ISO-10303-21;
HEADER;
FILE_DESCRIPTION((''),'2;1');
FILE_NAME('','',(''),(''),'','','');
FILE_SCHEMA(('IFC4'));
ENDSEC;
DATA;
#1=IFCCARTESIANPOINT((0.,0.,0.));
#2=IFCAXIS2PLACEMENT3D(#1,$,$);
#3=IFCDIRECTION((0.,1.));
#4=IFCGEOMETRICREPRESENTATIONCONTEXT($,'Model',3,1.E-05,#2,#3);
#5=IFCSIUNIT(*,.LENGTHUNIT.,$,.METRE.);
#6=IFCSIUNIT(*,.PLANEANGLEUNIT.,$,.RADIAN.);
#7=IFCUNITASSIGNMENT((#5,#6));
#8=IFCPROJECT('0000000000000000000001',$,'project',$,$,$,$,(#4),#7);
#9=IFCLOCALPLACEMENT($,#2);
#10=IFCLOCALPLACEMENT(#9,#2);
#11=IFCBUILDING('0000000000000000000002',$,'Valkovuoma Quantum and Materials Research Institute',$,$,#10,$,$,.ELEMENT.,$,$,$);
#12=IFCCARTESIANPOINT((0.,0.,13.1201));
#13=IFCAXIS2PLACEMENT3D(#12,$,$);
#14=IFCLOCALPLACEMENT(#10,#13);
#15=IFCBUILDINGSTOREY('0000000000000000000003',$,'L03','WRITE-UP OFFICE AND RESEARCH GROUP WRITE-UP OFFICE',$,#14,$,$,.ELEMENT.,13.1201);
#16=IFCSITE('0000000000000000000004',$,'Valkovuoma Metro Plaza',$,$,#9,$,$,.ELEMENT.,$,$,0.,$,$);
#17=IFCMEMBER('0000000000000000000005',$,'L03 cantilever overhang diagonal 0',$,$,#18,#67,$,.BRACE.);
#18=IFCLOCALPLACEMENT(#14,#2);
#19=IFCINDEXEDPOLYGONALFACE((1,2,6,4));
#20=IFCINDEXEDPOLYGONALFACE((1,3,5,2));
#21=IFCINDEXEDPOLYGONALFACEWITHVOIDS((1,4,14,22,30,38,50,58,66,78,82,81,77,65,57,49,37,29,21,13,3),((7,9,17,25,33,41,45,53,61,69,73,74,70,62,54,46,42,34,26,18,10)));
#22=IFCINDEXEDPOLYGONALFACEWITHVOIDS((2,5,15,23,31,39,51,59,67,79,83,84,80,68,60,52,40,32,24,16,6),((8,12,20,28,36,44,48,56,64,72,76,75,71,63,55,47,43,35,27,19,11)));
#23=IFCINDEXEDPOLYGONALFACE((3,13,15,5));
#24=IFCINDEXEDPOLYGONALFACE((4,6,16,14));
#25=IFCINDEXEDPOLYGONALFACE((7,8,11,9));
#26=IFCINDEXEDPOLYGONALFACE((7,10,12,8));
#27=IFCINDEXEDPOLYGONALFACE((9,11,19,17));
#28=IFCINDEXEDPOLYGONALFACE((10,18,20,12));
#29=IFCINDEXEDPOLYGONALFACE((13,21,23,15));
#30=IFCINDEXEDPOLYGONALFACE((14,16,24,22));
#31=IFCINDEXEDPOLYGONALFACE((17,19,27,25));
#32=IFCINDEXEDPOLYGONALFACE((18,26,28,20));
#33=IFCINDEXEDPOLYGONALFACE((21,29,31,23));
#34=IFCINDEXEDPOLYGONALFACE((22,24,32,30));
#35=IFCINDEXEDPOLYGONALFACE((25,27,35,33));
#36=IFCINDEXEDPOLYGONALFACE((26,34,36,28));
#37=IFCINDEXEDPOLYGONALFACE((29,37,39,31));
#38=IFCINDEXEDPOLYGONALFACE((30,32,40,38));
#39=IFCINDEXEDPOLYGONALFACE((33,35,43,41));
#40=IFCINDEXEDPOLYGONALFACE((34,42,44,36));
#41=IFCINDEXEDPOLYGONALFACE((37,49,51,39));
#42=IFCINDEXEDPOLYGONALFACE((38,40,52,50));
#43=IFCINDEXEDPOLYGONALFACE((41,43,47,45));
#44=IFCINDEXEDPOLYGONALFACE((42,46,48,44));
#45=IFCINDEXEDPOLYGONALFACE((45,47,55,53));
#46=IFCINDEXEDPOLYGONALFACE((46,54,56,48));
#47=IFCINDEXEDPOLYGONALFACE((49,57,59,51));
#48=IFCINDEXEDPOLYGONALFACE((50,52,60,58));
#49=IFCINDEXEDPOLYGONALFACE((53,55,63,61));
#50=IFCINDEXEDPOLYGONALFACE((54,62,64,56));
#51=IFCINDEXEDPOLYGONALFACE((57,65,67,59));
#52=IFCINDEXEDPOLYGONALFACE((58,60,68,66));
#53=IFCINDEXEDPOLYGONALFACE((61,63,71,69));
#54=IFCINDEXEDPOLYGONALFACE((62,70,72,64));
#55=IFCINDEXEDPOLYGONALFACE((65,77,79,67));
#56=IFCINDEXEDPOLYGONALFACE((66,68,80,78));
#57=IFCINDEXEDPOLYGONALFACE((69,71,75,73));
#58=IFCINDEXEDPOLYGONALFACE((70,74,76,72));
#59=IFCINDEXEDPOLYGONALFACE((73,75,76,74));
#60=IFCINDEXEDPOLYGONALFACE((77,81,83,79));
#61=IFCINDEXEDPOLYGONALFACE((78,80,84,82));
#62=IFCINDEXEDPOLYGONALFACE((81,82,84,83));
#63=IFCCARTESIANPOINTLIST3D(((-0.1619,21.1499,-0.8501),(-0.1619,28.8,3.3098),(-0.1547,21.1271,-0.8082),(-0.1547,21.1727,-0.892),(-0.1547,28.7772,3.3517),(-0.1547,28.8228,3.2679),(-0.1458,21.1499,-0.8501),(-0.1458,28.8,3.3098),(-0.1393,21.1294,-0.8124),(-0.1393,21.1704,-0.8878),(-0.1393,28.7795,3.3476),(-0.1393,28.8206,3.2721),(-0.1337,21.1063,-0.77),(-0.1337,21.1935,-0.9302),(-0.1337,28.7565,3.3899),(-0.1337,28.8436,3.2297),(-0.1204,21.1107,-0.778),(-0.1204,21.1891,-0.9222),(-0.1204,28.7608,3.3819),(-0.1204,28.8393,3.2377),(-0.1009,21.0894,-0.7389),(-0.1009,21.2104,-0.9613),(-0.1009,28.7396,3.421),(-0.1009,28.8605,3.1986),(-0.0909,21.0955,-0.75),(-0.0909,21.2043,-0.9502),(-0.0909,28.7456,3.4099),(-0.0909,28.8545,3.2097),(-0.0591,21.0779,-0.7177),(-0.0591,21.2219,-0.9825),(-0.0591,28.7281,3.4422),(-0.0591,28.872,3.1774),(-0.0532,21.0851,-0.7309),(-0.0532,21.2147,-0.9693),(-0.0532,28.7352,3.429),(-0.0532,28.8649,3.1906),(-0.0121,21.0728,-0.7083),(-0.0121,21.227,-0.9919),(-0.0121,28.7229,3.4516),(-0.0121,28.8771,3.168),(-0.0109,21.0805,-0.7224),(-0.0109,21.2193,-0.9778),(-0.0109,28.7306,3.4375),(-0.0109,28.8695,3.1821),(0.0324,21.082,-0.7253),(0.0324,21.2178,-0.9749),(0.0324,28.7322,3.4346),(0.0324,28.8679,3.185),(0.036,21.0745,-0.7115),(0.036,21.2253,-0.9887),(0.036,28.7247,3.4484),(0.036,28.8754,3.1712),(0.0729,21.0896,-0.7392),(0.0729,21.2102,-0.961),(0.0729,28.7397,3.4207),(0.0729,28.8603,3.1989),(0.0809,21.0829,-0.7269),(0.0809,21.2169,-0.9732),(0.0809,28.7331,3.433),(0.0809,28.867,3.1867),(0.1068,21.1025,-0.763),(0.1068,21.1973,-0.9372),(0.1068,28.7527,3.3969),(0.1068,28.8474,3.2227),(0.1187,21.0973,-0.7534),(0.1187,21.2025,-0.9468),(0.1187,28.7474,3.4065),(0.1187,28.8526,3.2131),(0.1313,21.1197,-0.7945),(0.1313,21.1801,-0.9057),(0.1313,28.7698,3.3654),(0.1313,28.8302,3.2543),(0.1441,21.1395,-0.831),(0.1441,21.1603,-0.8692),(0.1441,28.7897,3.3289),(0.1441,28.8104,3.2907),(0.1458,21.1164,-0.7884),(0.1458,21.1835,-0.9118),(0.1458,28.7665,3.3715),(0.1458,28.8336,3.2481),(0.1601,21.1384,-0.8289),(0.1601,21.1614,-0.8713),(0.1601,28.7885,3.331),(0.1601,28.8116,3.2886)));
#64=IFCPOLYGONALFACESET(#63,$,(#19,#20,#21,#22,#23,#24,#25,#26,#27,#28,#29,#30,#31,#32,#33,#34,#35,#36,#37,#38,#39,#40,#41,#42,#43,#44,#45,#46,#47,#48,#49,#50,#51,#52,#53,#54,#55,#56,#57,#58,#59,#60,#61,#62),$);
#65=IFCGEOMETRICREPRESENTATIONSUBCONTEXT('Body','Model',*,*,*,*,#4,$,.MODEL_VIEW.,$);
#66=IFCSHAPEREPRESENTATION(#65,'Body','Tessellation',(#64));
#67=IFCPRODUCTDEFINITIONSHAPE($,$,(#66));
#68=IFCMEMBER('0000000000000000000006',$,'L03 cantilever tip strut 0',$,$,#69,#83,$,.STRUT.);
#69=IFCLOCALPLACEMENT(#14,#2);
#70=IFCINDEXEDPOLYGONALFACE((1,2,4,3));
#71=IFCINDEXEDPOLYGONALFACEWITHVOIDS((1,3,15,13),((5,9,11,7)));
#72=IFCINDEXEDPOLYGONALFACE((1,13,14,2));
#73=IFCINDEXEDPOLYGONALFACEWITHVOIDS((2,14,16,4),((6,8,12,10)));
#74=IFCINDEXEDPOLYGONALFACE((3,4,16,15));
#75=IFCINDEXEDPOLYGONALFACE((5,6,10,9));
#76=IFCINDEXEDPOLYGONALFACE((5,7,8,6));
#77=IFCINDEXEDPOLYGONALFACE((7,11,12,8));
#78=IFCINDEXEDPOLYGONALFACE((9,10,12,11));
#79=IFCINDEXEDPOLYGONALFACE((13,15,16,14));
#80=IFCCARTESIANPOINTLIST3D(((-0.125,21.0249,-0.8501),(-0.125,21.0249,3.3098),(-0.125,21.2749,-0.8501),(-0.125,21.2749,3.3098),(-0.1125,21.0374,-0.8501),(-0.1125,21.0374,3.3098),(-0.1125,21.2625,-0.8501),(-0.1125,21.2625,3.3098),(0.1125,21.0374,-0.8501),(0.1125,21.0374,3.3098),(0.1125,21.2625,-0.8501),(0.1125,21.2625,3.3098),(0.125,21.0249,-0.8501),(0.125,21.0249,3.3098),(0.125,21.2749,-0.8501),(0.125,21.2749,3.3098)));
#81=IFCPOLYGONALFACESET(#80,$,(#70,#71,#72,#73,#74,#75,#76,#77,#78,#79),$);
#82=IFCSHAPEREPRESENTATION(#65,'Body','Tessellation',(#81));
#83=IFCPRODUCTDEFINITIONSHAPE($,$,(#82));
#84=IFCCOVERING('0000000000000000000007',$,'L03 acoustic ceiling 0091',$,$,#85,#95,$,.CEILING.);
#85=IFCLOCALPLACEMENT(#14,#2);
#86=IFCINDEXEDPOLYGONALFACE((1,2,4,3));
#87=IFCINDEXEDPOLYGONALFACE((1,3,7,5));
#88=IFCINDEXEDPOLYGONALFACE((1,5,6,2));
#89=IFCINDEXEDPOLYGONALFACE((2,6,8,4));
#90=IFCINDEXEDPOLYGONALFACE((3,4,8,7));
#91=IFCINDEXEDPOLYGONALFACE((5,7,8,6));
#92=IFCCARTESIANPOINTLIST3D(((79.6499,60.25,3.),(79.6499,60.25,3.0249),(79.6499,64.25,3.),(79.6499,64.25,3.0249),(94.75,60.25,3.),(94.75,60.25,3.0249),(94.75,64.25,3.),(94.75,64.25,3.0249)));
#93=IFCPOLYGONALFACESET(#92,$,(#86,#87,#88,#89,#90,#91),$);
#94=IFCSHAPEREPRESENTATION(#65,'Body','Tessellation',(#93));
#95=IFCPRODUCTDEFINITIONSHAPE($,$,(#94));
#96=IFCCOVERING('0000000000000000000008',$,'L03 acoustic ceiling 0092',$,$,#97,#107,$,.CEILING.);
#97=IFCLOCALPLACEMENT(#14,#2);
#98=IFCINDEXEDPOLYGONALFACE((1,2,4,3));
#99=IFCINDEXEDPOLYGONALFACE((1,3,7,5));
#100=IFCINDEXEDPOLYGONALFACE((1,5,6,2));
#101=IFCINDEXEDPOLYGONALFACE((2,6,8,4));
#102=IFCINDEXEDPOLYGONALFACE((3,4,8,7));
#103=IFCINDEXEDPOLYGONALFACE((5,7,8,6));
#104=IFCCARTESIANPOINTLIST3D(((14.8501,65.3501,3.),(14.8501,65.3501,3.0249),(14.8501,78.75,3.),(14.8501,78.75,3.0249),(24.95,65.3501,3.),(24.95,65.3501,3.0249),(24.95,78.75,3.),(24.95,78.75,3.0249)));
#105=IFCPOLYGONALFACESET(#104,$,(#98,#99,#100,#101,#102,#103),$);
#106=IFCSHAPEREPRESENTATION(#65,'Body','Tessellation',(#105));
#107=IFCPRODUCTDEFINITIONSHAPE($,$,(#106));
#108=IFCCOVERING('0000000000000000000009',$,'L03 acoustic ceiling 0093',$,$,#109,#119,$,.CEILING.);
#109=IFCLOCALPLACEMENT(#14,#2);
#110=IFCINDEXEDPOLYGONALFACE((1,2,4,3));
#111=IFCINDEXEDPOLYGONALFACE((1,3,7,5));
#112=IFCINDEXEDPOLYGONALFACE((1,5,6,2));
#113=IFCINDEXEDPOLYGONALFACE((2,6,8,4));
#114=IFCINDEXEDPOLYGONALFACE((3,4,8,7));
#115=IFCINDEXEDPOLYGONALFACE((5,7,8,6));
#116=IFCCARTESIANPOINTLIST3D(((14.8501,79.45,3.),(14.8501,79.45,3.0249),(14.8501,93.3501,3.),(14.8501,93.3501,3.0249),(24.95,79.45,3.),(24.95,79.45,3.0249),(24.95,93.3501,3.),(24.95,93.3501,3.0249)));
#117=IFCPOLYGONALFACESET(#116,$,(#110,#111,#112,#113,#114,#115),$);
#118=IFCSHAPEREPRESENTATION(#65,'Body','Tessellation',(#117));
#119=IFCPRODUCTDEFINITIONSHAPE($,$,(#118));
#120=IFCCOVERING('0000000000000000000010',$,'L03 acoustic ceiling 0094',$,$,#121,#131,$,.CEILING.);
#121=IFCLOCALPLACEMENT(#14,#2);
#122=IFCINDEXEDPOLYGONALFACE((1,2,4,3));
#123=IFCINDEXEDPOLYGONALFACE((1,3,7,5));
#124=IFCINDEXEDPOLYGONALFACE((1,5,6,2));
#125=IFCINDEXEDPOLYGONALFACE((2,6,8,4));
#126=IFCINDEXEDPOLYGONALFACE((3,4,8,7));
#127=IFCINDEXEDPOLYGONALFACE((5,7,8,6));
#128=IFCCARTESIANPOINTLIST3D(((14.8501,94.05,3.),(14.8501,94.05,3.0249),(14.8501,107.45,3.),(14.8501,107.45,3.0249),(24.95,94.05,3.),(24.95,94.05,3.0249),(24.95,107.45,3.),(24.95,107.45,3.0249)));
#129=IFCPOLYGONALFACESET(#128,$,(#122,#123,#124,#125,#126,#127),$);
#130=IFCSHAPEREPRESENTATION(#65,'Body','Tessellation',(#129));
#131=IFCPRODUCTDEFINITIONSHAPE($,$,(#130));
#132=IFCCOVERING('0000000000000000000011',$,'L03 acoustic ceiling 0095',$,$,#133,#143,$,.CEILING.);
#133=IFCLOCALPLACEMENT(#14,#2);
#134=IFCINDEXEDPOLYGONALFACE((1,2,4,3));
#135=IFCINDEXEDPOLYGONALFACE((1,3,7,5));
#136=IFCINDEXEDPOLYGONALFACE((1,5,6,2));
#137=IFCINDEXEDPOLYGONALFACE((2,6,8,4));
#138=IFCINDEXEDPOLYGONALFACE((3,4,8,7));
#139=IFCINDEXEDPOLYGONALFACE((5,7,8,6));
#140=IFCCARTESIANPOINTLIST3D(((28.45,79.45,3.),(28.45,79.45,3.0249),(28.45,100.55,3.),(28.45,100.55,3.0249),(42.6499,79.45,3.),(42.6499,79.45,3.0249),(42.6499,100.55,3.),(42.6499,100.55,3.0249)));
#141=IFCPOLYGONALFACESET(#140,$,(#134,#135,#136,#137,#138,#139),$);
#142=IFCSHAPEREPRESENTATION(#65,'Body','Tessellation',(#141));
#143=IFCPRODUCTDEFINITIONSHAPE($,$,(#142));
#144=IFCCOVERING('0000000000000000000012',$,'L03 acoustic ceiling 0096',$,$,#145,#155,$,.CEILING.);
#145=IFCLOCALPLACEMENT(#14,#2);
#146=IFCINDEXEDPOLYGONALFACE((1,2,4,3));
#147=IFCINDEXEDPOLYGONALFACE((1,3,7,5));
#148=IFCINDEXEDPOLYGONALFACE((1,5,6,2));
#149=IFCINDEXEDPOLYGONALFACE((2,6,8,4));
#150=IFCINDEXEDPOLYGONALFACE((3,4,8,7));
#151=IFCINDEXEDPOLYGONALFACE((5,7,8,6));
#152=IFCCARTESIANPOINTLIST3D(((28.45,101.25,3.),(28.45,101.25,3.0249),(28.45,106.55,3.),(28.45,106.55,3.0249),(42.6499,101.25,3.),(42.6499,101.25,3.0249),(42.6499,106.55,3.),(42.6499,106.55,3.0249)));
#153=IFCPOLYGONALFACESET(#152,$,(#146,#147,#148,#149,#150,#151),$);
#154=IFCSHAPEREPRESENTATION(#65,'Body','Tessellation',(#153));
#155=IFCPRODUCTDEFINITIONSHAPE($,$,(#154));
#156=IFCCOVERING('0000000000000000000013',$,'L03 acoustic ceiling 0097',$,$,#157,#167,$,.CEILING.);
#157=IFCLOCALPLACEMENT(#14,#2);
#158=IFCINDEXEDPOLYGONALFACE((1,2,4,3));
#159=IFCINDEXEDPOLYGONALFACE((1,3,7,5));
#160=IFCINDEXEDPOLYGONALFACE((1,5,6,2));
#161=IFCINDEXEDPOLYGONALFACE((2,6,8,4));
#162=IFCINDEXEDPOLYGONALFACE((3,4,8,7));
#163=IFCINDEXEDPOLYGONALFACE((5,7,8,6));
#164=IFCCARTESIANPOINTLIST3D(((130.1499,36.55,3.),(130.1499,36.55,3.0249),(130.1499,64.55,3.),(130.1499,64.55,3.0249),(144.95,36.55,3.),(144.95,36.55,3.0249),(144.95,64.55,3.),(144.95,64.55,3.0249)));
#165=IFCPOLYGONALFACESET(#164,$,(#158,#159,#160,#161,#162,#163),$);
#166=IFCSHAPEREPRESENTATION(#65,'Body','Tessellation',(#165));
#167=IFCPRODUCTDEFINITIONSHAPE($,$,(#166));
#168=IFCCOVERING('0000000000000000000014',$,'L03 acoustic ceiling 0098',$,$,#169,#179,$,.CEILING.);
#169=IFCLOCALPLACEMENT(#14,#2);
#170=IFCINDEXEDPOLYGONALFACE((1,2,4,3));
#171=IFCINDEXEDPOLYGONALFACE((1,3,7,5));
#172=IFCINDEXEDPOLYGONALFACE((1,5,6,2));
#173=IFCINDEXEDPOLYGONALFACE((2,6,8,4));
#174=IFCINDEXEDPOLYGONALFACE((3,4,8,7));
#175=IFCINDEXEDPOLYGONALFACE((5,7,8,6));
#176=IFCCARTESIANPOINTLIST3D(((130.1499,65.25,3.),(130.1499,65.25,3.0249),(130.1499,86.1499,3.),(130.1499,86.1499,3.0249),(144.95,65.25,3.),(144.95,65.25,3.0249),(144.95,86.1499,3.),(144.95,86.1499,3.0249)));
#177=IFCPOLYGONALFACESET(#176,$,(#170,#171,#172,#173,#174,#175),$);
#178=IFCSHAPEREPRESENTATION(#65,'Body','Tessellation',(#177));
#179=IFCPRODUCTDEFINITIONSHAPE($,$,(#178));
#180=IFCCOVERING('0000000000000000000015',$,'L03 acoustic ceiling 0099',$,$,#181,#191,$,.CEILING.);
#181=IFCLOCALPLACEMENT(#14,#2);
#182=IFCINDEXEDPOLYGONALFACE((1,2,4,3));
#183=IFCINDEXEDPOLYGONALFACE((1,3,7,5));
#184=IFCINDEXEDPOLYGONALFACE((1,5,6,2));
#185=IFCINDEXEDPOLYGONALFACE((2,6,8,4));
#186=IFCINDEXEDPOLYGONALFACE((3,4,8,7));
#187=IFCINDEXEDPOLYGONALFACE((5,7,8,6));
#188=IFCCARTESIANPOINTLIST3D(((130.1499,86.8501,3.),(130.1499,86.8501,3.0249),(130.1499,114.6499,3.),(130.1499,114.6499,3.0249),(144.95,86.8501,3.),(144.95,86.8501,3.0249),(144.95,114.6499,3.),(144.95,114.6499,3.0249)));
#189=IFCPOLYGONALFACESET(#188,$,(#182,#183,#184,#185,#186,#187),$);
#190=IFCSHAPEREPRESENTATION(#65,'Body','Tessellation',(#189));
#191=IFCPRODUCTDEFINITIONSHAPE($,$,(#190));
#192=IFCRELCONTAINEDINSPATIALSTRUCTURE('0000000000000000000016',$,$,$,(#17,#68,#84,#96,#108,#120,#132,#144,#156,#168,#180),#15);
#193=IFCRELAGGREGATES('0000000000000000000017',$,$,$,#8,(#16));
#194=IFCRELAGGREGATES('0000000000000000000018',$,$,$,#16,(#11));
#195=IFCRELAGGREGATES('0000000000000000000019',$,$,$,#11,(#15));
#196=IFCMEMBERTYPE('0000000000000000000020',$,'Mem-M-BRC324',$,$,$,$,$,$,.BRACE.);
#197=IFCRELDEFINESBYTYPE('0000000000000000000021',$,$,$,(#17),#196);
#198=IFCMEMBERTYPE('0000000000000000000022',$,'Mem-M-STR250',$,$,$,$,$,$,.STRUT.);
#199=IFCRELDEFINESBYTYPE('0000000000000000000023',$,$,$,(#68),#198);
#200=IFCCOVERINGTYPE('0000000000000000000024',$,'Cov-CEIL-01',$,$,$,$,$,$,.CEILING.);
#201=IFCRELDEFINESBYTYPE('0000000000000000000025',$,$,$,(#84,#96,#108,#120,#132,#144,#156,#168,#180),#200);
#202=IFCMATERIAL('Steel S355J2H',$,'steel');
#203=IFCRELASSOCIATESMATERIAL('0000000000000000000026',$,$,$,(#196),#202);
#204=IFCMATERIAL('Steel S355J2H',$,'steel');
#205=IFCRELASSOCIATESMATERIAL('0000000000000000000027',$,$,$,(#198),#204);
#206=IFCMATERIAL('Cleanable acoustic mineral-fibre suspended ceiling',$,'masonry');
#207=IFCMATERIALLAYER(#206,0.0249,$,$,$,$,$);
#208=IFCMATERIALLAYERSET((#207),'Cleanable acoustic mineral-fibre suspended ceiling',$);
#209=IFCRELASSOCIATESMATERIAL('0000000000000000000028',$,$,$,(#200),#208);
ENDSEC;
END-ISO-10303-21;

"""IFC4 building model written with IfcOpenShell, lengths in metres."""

from ifc_helpers import new_model, si_unit, direction, frame, origin, origin_2d, place, context, subcontext, project, spatial, polyline, hollow_rectangle, hollow_circle, outline, extrude, material, layer, layer_set, material_profile, profile_set, type_object, element, save


model = new_model("IFC4")

# Units and contexts
model_context = context("Model", 3, precision=1e-05, world=origin(), true_north=direction((0.0, 1.0)))
body_context = subcontext(model_context, "Body", "Model", "MODEL_VIEW")
ifc_project = project(units=[si_unit("LENGTHUNIT", "METRE"), si_unit("PLANEANGLEUNIT", "RADIAN")], contexts=[model_context])

# Site, building, storey
site_placement = place(None, origin())
site = spatial("IfcSite", under=ifc_project, at=site_placement, Name="Valkovuoma Metro Plaza", CompositionType="ELEMENT", RefElevation=0.0)
building_placement = place(site_placement, origin())
building = spatial("IfcBuilding", under=site, at=building_placement, Name="Valkovuoma Quantum and Materials Research Institute", CompositionType="ELEMENT")
storey_placement = place(building_placement, frame((0.0, 0.0, 13.1201)))
storey = spatial("IfcBuildingStorey", under=building, at=storey_placement, Name="L03", Description="WRITE-UP OFFICE AND RESEARCH GROUP WRITE-UP OFFICE", CompositionType="ELEMENT", Elevation=13.1201)

# Members
ifc_material_1 = material(Name="Steel S355J2H", Category="steel")
ifc_material_profile_1 = material_profile(ifc_material_1, hollow_circle(Radius=0.1619, WallThickness=0.0161, at=origin_2d()), Name="Steel S355J2H")
ifc_profile_set_1 = profile_set([ifc_material_profile_1], Name="Steel S355J2H")
member_type_1 = type_object("IfcMemberType", Name="Mem-M-BRC324", PredefinedType="BRACE", material=ifc_profile_set_1)
member_1_placement = place(storey_placement, frame((0.0, 21.1499, -0.8501), z_axis=(0.0, 0.878517, 0.47771), x_axis=(-1.0, 0.0, 0.0)))
element("IfcMember", 1, at=member_1_placement, inside=storey, type_object=member_type_1, Name="L03 cantilever overhang diagonal 0", PredefinedType="BRACE", context=body_context, shape_type="SweptSolid", body=[
    extrude(hollow_circle(Radius=0.1619, WallThickness=0.0161, at=origin_2d()), origin(), (0.0, 0.0, 1.0), 8.708),
])
ifc_material_2 = material(Name="Steel S355J2H", Category="steel")
ifc_material_profile_2 = material_profile(ifc_material_2, hollow_rectangle(XDim=0.25, YDim=0.25, WallThickness=0.0125, at=origin_2d()), Name="Steel S355J2H")
ifc_profile_set_2 = profile_set([ifc_material_profile_2], Name="Steel S355J2H")
member_type_2 = type_object("IfcMemberType", Name="Mem-M-STR250", PredefinedType="STRUT", material=ifc_profile_set_2)
member_2_placement = place(storey_placement, frame((0.0, 21.1499, -0.8501), z_axis=(0.0, 0.0, 1.0), x_axis=(1.0, 0.0, 0.0)))
element("IfcMember", 2, at=member_2_placement, inside=storey, type_object=member_type_2, Name="L03 cantilever tip strut 0", PredefinedType="STRUT", context=body_context, shape_type="SweptSolid", body=[
    extrude(hollow_rectangle(XDim=0.25, YDim=0.25, WallThickness=0.0125, at=origin_2d()), origin(), (0.0, 0.0, 1.0), 4.1599),
])

# Coverings
ifc_material_3 = material(Name="Cleanable acoustic mineral-fibre suspended ceiling", Category="masonry")
ifc_layer_1 = layer(ifc_material_3, 0.0249)
ifc_layer_set_1 = layer_set([ifc_layer_1], Name="Cleanable acoustic mineral-fibre suspended ceiling")
covering_type_1 = type_object("IfcCoveringType", Name="Cov-CEIL-01", PredefinedType="CEILING", material=ifc_layer_set_1)
covering_1_placement = place(storey_placement, frame((0.0, 0.0, 3.0)))
element("IfcCovering", 3, at=covering_1_placement, inside=storey, type_object=covering_type_1, Name="L03 acoustic ceiling 0091", PredefinedType="CEILING", context=body_context, shape_type="SweptSolid", body=[
    extrude(outline(polyline([(79.6499, 60.25), (94.75, 60.25), (94.75, 64.25), (79.6499, 64.25), (79.6499, 60.25)])), origin(), (0.0, 0.0, 1.0), 0.0249),
])
covering_2_placement = place(storey_placement, frame((0.0, 0.0, 3.0)))
element("IfcCovering", 4, at=covering_2_placement, inside=storey, type_object=covering_type_1, Name="L03 acoustic ceiling 0092", PredefinedType="CEILING", context=body_context, shape_type="SweptSolid", body=[
    extrude(outline(polyline([(14.8501, 65.3501), (24.95, 65.3501), (24.95, 78.75), (14.8501, 78.75), (14.8501, 65.3501)])), origin(), (0.0, 0.0, 1.0), 0.0249),
])
covering_3_placement = place(storey_placement, frame((0.0, 0.0, 3.0)))
element("IfcCovering", 5, at=covering_3_placement, inside=storey, type_object=covering_type_1, Name="L03 acoustic ceiling 0093", PredefinedType="CEILING", context=body_context, shape_type="SweptSolid", body=[
    extrude(outline(polyline([(14.8501, 79.45), (24.95, 79.45), (24.95, 93.3501), (14.8501, 93.3501), (14.8501, 79.45)])), origin(), (0.0, 0.0, 1.0), 0.0249),
])
covering_4_placement = place(storey_placement, frame((0.0, 0.0, 3.0)))
element("IfcCovering", 6, at=covering_4_placement, inside=storey, type_object=covering_type_1, Name="L03 acoustic ceiling 0094", PredefinedType="CEILING", context=body_context, shape_type="SweptSolid", body=[
    extrude(outline(polyline([(14.8501, 94.05), (24.95, 94.05), (24.95, 107.45), (14.8501, 107.45), (14.8501, 94.05)])), origin(), (0.0, 0.0, 1.0), 0.0249),
])
covering_5_placement = place(storey_placement, frame((0.0, 0.0, 3.0)))
element("IfcCovering", 7, at=covering_5_placement, inside=storey, type_object=covering_type_1, Name="L03 acoustic ceiling 0095", PredefinedType="CEILING", context=body_context, shape_type="SweptSolid", body=[
    extrude(outline(polyline([(28.45, 79.45), (42.6499, 79.45), (42.6499, 100.55), (28.45, 100.55), (28.45, 79.45)])), origin(), (0.0, 0.0, 1.0), 0.0249),
])
covering_6_placement = place(storey_placement, frame((0.0, 0.0, 3.0)))
element("IfcCovering", 8, at=covering_6_placement, inside=storey, type_object=covering_type_1, Name="L03 acoustic ceiling 0096", PredefinedType="CEILING", context=body_context, shape_type="SweptSolid", body=[
    extrude(outline(polyline([(28.45, 101.25), (42.6499, 101.25), (42.6499, 106.55), (28.45, 106.55), (28.45, 101.25)])), origin(), (0.0, 0.0, 1.0), 0.0249),
])
covering_7_placement = place(storey_placement, frame((0.0, 0.0, 3.0)))
element("IfcCovering", 9, at=covering_7_placement, inside=storey, type_object=covering_type_1, Name="L03 acoustic ceiling 0097", PredefinedType="CEILING", context=body_context, shape_type="SweptSolid", body=[
    extrude(outline(polyline([(130.1499, 36.55), (144.95, 36.55), (144.95, 64.55), (130.1499, 64.55), (130.1499, 36.55)])), origin(), (0.0, 0.0, 1.0), 0.0249),
])
covering_8_placement = place(storey_placement, frame((0.0, 0.0, 3.0)))
element("IfcCovering", 10, at=covering_8_placement, inside=storey, type_object=covering_type_1, Name="L03 acoustic ceiling 0098", PredefinedType="CEILING", context=body_context, shape_type="SweptSolid", body=[
    extrude(outline(polyline([(130.1499, 65.25), (144.95, 65.25), (144.95, 86.1499), (130.1499, 86.1499), (130.1499, 65.25)])), origin(), (0.0, 0.0, 1.0), 0.0249),
])
covering_9_placement = place(storey_placement, frame((0.0, 0.0, 3.0)))
element("IfcCovering", 11, at=covering_9_placement, inside=storey, type_object=covering_type_1, Name="L03 acoustic ceiling 0099", PredefinedType="CEILING", context=body_context, shape_type="SweptSolid", body=[
    extrude(outline(polyline([(130.1499, 86.8501), (144.95, 86.8501), (144.95, 114.6499), (130.1499, 114.6499), (130.1499, 86.8501)])), origin(), (0.0, 0.0, 1.0), 0.0249),
])

save(model, "model.ifc")
